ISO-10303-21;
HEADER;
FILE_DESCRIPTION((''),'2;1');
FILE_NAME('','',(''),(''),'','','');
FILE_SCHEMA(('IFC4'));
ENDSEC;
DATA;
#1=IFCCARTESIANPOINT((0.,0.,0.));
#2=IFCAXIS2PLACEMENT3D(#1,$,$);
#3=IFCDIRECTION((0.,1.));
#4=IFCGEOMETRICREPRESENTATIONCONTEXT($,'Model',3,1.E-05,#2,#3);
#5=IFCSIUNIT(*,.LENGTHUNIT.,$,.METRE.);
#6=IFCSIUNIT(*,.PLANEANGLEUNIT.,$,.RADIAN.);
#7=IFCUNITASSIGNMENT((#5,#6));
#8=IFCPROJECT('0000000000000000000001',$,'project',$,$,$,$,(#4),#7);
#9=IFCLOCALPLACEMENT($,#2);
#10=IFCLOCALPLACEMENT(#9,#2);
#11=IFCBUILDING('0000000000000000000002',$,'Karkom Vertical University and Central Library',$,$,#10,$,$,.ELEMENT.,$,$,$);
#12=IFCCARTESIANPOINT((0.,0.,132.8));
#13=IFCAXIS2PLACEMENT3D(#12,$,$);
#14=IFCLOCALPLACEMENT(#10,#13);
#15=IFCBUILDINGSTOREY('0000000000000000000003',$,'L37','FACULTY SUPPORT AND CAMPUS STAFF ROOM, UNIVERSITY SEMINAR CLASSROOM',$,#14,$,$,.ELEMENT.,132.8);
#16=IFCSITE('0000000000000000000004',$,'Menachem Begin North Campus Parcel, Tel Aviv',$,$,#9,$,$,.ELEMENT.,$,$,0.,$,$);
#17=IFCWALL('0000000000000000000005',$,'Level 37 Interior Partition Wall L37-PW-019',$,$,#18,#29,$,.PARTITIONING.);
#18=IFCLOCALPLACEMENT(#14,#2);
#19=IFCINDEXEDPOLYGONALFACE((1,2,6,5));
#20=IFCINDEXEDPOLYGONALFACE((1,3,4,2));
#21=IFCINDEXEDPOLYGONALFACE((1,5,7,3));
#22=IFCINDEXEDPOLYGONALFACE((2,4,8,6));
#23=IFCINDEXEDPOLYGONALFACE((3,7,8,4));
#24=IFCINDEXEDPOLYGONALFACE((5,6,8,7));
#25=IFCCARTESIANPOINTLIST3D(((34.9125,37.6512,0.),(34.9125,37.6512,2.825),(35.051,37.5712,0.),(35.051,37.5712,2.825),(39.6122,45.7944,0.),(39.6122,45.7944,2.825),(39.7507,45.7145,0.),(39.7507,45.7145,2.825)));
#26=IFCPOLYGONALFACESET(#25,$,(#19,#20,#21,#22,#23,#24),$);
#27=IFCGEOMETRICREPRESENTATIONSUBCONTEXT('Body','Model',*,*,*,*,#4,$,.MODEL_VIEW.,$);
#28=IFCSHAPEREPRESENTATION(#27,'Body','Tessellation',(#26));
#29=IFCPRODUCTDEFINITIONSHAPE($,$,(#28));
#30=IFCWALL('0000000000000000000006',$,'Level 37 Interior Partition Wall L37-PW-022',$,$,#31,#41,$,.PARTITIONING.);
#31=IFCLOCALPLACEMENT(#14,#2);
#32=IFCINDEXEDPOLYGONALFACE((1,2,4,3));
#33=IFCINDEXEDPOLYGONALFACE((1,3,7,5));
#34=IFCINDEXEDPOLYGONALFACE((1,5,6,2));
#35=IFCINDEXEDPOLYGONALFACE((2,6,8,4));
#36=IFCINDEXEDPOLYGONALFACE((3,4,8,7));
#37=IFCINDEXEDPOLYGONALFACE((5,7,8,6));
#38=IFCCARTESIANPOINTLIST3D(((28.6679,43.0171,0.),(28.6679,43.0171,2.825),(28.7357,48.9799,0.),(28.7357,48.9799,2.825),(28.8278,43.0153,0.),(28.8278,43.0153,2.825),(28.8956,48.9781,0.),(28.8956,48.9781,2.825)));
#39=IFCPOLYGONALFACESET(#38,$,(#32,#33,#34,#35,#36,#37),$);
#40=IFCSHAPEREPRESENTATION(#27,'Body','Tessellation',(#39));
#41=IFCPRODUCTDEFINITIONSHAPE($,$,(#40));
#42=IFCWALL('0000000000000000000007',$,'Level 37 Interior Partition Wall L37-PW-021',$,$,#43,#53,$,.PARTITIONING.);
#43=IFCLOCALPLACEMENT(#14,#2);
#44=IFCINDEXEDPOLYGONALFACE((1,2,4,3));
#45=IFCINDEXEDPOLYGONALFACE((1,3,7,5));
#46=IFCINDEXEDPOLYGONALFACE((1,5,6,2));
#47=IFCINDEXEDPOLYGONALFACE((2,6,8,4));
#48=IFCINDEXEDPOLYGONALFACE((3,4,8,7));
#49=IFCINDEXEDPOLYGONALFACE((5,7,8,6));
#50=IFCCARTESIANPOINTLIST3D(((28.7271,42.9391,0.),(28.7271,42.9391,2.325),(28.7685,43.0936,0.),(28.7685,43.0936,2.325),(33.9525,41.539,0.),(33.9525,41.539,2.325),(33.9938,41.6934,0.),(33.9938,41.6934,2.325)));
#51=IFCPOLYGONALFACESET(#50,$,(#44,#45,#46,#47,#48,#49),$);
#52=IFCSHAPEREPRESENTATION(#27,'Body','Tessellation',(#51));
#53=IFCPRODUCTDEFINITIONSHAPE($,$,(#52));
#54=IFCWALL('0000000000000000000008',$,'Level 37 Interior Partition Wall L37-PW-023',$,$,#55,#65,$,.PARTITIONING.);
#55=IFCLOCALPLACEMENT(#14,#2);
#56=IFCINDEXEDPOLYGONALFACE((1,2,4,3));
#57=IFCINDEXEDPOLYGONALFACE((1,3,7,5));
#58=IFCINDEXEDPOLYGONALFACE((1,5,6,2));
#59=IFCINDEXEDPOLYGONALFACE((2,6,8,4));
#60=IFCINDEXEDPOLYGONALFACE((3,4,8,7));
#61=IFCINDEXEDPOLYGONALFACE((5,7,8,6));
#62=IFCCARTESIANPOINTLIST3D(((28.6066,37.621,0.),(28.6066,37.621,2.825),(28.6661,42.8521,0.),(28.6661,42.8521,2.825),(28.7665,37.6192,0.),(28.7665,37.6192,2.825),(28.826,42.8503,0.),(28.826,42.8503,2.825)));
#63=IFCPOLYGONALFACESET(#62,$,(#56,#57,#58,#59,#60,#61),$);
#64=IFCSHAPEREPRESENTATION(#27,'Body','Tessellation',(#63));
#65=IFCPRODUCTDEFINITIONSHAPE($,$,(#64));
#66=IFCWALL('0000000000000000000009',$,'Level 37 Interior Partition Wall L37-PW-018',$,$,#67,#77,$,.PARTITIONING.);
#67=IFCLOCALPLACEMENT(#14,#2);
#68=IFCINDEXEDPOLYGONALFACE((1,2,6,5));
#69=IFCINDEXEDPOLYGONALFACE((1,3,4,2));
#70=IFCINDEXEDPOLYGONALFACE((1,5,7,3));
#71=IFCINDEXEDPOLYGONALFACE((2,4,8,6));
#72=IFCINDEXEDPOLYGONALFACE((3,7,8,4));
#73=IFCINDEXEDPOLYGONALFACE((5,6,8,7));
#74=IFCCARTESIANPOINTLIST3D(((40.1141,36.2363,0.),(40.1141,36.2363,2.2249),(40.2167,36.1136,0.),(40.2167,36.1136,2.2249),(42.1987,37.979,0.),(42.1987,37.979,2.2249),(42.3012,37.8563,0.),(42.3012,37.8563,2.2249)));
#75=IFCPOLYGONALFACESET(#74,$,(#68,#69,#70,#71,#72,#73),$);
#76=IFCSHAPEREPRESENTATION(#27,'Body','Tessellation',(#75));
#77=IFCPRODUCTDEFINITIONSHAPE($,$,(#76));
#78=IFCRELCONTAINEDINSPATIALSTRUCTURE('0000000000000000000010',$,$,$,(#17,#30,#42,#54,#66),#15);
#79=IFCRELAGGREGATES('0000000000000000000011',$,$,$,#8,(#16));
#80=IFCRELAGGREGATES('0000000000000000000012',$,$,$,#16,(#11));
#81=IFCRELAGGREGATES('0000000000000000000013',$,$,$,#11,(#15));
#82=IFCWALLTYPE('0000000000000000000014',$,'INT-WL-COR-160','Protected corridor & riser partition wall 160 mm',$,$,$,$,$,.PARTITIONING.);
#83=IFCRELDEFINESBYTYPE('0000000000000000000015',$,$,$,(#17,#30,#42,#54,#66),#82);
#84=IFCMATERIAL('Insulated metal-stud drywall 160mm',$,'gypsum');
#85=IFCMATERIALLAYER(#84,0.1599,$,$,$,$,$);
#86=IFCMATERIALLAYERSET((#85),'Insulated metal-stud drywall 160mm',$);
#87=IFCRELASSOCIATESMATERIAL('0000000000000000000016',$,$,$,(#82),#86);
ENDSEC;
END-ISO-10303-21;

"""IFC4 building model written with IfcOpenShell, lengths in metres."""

from ifc_helpers import new_model, si_unit, direction, frame, frame_2d, origin, place, context, subcontext, project, spatial, rectangle, extrude, material, layer, layer_set, type_object, element, save


model = new_model("IFC4")

# Units and contexts
model_context = context("Model", 3, precision=1e-05, world=origin(), true_north=direction((0.0, 1.0)))
body_context = subcontext(model_context, "Body", "Model", "MODEL_VIEW")
ifc_project = project(units=[si_unit("LENGTHUNIT", "METRE"), si_unit("PLANEANGLEUNIT", "RADIAN")], contexts=[model_context])

# Site, building, storey
site_placement = place(None, origin())
site = spatial("IfcSite", under=ifc_project, at=site_placement, Name="Menachem Begin North Campus Parcel, Tel Aviv", CompositionType="ELEMENT", RefElevation=0.0)
building_placement = place(site_placement, origin())
building = spatial("IfcBuilding", under=site, at=building_placement, Name="Karkom Vertical University and Central Library", CompositionType="ELEMENT")
storey_placement = place(building_placement, frame((0.0, 0.0, 132.8)))
storey = spatial("IfcBuildingStorey", under=building, at=storey_placement, Name="L37", Description="FACULTY SUPPORT AND CAMPUS STAFF ROOM, UNIVERSITY SEMINAR CLASSROOM", CompositionType="ELEMENT", Elevation=132.8)

# Shared definitions
ifc_material_1 = material(Name="Insulated metal-stud drywall 160mm", Category="gypsum")
ifc_layer_1 = layer(ifc_material_1, 0.1599)
ifc_layer_set_1 = layer_set([ifc_layer_1], Name="Insulated metal-stud drywall 160mm")
wall_type_1 = type_object("IfcWallType", Name="INT-WL-COR-160", Description="Protected corridor & riser partition wall 160 mm", PredefinedType="PARTITIONING", material=ifc_layer_set_1)

# Walls
wall_1_placement = place(storey_placement, frame((34.9817, 37.6111, 0.0), z_axis=(0.0, 0.0, 1.0), x_axis=(0.499854, 0.86611, 0.0)))
element("IfcWall", 1, at=wall_1_placement, inside=storey, type_object=wall_type_1, Name="Level 37 Interior Partition Wall L37-PW-019", PredefinedType="PARTITIONING", context=body_context, shape_type="SweptSolid", body=[
    extrude(rectangle(XDim=9.4021, YDim=0.1599, at=frame_2d((4.7012, 0.0))), origin(), (0.0, 0.0, 1.0), 2.825),
])
wall_2_placement = place(storey_placement, frame((28.7478, 43.0164, 0.0), z_axis=(0.0, 0.0, 1.0), x_axis=(0.011382, 0.999935, 0.0)))
element("IfcWall", 2, at=wall_2_placement, inside=storey, type_object=wall_type_1, Name="Level 37 Interior Partition Wall L37-PW-022", PredefinedType="PARTITIONING", context=body_context, shape_type="SweptSolid", body=[
    extrude(rectangle(XDim=5.9631, YDim=0.1599, at=frame_2d((2.9814, 0.0))), origin(), (0.0, 0.0, 1.0), 2.825),
])
wall_3_placement = place(storey_placement, frame((33.9731, 41.6162, 0.0), z_axis=(0.0, 0.0, 1.0), x_axis=(-0.965925, 0.258823, 0.0)))
element("IfcWall", 3, at=wall_3_placement, inside=storey, type_object=wall_type_1, Name="Level 37 Interior Partition Wall L37-PW-021", PredefinedType="PARTITIONING", context=body_context, shape_type="SweptSolid", body=[
    extrude(rectangle(XDim=5.4097, YDim=0.1599, at=frame_2d((2.7048, 0.0))), origin(), (0.0, 0.0, 1.0), 2.325),
])
wall_4_placement = place(storey_placement, frame((28.6865, 37.6201, 0.0), z_axis=(0.0, 0.0, 1.0), x_axis=(0.011387, 0.999935, 0.0)))
element("IfcWall", 4, at=wall_4_placement, inside=storey, type_object=wall_type_1, Name="Level 37 Interior Partition Wall L37-PW-023", PredefinedType="PARTITIONING", context=body_context, shape_type="SweptSolid", body=[
    extrude(rectangle(XDim=5.2314, YDim=0.1599, at=frame_2d((2.6157, 0.0))), origin(), (0.0, 0.0, 1.0), 2.825),
])
wall_5_placement = place(storey_placement, frame((40.1655, 36.175, 0.0), z_axis=(0.0, 0.0, 1.0), x_axis=(0.767204, 0.641403, 0.0)))
element("IfcWall", 5, at=wall_5_placement, inside=storey, type_object=wall_type_1, Name="Level 37 Interior Partition Wall L37-PW-018", PredefinedType="PARTITIONING", context=body_context, shape_type="SweptSolid", body=[
    extrude(rectangle(XDim=2.717, YDim=0.1599, at=frame_2d((1.3584, 0.0))), origin(), (0.0, 0.0, 1.0), 2.2249),
])

save(model, "model.ifc")
